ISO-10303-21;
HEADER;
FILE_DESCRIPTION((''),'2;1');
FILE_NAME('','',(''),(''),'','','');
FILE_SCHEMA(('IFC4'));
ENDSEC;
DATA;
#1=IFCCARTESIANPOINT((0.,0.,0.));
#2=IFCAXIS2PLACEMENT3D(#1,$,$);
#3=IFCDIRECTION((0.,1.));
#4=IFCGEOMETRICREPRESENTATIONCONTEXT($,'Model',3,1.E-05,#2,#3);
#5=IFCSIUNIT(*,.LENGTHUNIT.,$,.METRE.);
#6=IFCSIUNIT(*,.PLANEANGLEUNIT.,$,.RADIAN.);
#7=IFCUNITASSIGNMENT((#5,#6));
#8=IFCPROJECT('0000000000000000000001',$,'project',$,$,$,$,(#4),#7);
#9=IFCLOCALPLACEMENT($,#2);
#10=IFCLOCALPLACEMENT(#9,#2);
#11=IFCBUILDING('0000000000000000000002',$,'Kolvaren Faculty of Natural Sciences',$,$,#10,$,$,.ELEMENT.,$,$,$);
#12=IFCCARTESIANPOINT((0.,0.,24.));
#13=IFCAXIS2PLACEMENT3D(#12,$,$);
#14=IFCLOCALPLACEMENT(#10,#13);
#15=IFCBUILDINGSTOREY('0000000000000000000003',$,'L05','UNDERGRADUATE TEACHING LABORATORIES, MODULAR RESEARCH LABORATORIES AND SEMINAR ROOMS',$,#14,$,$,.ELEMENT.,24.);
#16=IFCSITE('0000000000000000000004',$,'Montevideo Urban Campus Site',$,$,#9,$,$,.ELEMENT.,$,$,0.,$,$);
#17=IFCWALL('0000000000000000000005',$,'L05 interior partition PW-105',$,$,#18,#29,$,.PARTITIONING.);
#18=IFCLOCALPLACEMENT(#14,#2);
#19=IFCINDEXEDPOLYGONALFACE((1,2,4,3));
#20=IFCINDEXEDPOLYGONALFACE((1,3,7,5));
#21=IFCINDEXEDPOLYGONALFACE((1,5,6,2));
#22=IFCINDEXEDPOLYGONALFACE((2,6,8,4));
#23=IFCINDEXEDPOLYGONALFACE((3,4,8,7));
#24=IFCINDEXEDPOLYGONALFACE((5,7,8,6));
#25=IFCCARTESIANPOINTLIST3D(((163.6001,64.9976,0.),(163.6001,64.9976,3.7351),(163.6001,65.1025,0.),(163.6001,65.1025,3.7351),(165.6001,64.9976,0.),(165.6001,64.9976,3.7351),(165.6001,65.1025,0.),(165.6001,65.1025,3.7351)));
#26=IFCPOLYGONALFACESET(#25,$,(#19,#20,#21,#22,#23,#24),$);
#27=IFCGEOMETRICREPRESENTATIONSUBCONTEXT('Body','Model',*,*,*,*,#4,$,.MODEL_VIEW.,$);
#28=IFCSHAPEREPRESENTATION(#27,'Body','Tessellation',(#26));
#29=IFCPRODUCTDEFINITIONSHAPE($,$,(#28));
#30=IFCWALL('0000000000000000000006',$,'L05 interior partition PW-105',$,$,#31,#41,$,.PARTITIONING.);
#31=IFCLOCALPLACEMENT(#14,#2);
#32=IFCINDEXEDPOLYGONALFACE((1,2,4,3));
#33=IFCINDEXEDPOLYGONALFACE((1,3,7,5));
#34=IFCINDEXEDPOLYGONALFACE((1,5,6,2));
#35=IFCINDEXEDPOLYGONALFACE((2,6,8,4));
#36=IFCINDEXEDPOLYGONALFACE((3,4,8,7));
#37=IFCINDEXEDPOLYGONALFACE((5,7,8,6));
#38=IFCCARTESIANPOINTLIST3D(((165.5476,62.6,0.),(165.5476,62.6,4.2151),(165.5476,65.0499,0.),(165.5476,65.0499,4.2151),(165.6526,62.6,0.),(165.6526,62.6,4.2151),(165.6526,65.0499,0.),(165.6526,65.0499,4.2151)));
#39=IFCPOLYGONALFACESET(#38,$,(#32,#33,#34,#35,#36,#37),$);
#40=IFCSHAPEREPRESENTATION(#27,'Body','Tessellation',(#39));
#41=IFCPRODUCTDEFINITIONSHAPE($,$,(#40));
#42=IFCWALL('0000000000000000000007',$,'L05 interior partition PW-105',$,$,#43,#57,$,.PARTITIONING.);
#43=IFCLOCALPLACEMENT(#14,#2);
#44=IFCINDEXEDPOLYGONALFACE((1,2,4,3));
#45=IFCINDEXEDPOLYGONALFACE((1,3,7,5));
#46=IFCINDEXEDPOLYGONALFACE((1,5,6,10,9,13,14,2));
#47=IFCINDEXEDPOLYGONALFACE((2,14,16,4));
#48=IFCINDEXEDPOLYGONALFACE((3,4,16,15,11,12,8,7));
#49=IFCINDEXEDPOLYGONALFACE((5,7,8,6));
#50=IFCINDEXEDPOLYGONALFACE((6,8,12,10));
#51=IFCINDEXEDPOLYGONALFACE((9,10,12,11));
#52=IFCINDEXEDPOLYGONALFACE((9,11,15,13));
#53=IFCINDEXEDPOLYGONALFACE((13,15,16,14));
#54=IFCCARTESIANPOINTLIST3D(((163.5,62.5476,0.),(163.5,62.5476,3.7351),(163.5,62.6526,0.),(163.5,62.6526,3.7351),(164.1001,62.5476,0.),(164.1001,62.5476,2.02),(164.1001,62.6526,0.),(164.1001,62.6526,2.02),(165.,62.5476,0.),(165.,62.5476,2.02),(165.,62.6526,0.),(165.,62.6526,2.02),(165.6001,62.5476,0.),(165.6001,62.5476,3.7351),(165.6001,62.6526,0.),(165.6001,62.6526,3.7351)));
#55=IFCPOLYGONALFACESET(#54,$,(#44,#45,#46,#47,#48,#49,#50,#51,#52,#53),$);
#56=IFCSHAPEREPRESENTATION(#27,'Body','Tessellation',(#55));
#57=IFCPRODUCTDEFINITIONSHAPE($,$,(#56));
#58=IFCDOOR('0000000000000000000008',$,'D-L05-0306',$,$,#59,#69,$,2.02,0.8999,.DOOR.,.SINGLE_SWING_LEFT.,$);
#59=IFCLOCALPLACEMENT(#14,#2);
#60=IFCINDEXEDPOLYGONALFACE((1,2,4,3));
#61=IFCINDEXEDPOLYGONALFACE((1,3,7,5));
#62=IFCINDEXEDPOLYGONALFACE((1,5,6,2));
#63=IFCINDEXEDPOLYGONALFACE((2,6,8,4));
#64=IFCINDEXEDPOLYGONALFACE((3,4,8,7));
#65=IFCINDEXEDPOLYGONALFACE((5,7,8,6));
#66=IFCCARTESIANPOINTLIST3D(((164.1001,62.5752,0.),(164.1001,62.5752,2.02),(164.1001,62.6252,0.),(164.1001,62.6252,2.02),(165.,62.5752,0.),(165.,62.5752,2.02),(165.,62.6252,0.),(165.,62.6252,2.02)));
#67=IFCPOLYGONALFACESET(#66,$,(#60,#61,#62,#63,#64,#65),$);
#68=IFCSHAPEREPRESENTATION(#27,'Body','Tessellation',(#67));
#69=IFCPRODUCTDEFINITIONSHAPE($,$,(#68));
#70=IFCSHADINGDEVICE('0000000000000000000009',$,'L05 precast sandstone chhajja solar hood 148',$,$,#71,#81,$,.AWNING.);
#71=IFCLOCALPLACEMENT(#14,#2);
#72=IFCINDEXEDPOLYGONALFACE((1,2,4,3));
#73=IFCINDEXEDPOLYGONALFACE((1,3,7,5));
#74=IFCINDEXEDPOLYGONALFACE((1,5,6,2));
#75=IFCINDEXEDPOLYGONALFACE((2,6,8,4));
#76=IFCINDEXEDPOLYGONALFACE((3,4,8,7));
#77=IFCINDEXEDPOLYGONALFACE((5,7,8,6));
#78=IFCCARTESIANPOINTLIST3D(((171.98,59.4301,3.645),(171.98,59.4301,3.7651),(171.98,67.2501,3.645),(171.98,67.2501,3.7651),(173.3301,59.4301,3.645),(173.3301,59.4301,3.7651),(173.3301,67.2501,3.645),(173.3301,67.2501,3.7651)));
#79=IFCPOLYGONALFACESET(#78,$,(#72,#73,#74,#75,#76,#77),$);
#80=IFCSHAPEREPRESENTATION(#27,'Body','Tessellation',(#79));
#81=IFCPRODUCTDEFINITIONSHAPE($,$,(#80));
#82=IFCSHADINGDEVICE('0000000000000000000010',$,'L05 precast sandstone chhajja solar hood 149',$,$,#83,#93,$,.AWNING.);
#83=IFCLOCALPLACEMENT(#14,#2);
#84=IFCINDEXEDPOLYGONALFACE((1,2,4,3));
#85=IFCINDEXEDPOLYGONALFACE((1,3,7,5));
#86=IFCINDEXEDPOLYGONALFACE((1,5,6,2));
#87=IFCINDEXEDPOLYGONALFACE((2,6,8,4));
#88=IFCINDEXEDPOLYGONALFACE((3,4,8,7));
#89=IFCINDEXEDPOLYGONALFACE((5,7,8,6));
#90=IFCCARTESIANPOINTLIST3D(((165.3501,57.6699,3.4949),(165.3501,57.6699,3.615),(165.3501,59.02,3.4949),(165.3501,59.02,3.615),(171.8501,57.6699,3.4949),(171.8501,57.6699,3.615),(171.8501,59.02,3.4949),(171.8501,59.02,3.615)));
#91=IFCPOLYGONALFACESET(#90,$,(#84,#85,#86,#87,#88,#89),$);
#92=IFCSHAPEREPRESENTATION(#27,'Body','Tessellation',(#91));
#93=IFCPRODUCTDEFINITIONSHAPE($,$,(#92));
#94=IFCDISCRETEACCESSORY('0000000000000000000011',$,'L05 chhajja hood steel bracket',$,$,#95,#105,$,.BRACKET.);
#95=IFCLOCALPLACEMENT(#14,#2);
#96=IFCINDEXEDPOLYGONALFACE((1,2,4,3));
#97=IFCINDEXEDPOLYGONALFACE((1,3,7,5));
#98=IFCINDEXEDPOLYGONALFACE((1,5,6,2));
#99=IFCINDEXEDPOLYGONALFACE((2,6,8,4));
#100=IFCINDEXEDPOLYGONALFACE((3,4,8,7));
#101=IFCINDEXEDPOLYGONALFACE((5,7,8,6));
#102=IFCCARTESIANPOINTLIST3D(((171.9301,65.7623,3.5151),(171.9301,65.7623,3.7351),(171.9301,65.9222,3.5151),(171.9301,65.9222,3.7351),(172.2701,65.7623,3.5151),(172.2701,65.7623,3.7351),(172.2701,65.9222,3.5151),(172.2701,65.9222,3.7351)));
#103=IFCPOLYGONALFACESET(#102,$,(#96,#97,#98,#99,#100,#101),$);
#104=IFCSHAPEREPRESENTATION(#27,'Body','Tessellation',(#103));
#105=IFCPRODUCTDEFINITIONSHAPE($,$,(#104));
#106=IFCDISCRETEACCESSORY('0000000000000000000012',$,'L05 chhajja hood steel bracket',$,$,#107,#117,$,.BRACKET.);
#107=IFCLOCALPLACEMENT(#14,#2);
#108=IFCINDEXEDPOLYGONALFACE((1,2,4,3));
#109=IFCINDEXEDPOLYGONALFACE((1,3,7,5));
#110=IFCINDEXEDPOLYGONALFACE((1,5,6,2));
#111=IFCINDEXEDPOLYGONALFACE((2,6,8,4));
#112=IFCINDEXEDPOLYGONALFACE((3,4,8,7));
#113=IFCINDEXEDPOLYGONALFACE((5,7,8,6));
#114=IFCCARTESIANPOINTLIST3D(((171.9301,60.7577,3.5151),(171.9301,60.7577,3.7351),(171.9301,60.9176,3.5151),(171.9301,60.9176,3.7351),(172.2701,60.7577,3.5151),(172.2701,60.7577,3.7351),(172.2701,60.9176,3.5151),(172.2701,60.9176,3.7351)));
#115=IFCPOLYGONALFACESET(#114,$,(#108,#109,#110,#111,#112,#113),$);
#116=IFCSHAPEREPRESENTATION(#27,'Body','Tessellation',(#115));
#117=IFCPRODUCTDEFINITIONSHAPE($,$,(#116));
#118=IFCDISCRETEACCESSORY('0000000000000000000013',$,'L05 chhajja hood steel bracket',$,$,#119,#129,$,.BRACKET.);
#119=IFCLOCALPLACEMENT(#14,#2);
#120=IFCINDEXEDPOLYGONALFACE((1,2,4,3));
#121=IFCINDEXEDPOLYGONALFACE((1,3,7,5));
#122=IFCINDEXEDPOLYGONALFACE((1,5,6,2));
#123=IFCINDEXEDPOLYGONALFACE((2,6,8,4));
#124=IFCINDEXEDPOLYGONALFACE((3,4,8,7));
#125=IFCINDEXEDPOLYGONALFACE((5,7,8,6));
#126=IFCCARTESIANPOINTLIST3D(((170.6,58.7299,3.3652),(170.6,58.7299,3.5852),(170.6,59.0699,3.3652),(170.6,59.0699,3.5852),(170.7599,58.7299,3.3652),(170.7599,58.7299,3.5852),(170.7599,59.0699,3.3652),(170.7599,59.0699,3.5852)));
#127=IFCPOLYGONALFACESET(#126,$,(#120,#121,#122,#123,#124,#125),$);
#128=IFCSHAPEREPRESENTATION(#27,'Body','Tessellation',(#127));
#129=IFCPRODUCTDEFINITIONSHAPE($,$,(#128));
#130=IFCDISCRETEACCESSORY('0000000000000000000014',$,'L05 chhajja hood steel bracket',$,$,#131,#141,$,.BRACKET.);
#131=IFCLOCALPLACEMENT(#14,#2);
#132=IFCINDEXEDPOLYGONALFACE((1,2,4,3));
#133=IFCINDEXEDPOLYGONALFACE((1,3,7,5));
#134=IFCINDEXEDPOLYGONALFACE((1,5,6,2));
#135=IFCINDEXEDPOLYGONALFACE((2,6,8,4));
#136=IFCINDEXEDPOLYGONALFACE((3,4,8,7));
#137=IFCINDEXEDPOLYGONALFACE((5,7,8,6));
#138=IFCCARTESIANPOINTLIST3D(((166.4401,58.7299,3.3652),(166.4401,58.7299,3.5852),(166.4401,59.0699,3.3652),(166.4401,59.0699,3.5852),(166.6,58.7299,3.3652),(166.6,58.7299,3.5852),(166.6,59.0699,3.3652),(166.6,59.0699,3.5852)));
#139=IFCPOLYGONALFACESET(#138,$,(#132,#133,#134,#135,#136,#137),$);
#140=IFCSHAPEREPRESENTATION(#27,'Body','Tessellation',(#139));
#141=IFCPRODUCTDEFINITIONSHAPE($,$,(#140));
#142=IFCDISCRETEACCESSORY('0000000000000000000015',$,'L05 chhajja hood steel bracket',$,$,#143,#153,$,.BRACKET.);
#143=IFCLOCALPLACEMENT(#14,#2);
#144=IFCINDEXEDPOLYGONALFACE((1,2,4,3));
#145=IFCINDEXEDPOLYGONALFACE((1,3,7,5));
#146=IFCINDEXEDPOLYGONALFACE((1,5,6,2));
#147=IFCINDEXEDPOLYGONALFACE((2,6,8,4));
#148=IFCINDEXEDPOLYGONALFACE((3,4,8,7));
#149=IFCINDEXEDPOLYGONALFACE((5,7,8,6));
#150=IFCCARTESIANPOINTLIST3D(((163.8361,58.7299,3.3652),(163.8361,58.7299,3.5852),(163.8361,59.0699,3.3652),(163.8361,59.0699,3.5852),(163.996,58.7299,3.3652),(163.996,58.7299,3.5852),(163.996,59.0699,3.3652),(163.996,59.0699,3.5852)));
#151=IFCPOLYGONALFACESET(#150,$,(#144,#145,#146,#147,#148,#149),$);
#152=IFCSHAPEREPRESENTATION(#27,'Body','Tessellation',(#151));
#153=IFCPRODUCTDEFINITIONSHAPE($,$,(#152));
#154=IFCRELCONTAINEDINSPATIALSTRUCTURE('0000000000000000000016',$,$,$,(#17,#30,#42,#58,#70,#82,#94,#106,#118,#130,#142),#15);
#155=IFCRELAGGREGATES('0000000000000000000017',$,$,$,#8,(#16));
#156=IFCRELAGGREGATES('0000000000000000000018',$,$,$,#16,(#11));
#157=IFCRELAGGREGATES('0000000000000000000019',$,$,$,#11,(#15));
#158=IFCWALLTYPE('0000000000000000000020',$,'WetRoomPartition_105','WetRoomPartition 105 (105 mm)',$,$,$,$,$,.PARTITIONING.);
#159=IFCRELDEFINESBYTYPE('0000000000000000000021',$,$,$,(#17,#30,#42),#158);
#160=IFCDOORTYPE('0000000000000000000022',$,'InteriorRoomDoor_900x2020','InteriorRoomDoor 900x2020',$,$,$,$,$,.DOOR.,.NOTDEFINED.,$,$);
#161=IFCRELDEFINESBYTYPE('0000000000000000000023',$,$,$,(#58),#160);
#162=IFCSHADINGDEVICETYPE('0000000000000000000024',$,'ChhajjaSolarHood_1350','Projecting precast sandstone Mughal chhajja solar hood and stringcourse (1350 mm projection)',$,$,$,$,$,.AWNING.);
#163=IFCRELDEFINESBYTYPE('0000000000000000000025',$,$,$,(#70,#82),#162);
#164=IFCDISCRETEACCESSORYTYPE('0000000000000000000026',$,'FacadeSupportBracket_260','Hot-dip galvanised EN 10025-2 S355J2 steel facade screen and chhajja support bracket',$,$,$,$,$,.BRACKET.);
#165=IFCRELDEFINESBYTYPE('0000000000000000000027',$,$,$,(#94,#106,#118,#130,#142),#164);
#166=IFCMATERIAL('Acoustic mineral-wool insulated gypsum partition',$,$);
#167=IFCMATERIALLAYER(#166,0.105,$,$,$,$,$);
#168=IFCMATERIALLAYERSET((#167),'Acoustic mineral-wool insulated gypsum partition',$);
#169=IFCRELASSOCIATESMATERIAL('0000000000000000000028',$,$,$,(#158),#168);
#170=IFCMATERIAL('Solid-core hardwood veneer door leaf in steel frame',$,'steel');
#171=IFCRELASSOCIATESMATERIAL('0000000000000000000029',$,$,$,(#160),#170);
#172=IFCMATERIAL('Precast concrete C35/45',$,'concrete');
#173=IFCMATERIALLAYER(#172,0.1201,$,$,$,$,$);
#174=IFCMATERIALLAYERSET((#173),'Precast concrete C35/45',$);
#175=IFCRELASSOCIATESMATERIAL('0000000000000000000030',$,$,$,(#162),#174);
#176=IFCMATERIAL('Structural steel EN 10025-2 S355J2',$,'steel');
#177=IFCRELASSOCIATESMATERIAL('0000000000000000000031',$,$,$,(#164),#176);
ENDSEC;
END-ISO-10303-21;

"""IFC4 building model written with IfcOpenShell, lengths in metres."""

from ifc_helpers import new_model, si_unit, direction, frame, frame_2d, origin, origin_2d, place, context, subcontext, project, spatial, rectangle, extrude, material, layer, layer_set, type_object, element, fill, save


model = new_model("IFC4")

# Units and contexts
model_context = context("Model", 3, precision=1e-05, world=origin(), true_north=direction((0.0, 1.0)))
body_context = subcontext(model_context, "Body", "Model", "MODEL_VIEW")
ifc_project = project(units=[si_unit("LENGTHUNIT", "METRE"), si_unit("PLANEANGLEUNIT", "RADIAN")], contexts=[model_context])

# Site, building, storey
site_placement = place(None, origin())
site = spatial("IfcSite", under=ifc_project, at=site_placement, Name="Montevideo Urban Campus Site", CompositionType="ELEMENT", RefElevation=0.0)
building_placement = place(site_placement, origin())
building = spatial("IfcBuilding", under=site, at=building_placement, Name="Kolvaren Faculty of Natural Sciences", CompositionType="ELEMENT")
storey_placement = place(building_placement, frame((0.0, 0.0, 24.0)))
storey = spatial("IfcBuildingStorey", under=building, at=storey_placement, Name="L05", Description="UNDERGRADUATE TEACHING LABORATORIES, MODULAR RESEARCH LABORATORIES AND SEMINAR ROOMS", CompositionType="ELEMENT", Elevation=24.0)

# Shared definitions
ifc_material_1 = material(Name="Precast concrete C35/45", Category="concrete")

# Shared definitions
ifc_material_2 = material(Name="Acoustic mineral-wool insulated gypsum partition")

# Shared definitions
ifc_layer_1 = layer(ifc_material_2, 0.105)
ifc_layer_set_1 = layer_set([ifc_layer_1], Name="Acoustic mineral-wool insulated gypsum partition")
wall_type_1 = type_object("IfcWallType", Name="WetRoomPartition_105", Description="WetRoomPartition 105 (105 mm)", PredefinedType="PARTITIONING", material=ifc_layer_set_1)

# Shared definitions
ifc_material_3 = material(Name="Solid-core hardwood veneer door leaf in steel frame", Category="steel")
door_type_1 = type_object("IfcDoorType", Name="InteriorRoomDoor_900x2020", Description="InteriorRoomDoor 900x2020", OperationType="NOTDEFINED", PredefinedType="DOOR", material=ifc_material_3)

# Walls
wall_1_placement = place(storey_placement, frame((163.6001, 65.05, 0.0), z_axis=(0.0, 0.0, 1.0), x_axis=(1.0, 0.0, 0.0)))
element("IfcWall", 1, at=wall_1_placement, inside=storey, type_object=wall_type_1, Name="L05 interior partition PW-105", PredefinedType="PARTITIONING", context=body_context, shape_type="SweptSolid", body=[
    extrude(rectangle(XDim=2.0, YDim=0.105, at=frame_2d((1.0, 0.0))), origin(), (0.0, 0.0, 1.0), 3.7351),
])
wall_2_placement = place(storey_placement, frame((165.6001, 65.05, 0.0), z_axis=(0.0, 0.0, 1.0), x_axis=(0.0, -1.0, 0.0)))
element("IfcWall", 2, at=wall_2_placement, inside=storey, type_object=wall_type_1, Name="L05 interior partition PW-105", PredefinedType="PARTITIONING", context=body_context, shape_type="SweptSolid", body=[
    extrude(rectangle(XDim=2.45, YDim=0.105, at=frame_2d((1.2251, 0.0))), origin(), (0.0, 0.0, 1.0), 4.2151),
])

# Wall, opening, door
wall_3_placement = place(storey_placement, frame((165.6001, 62.6001, 0.0), z_axis=(0.0, 0.0, 1.0), x_axis=(-1.0, 0.0, 0.0)))
wall_3 = element("IfcWall", 3, at=wall_3_placement, inside=storey, type_object=wall_type_1, Name="L05 interior partition PW-105", PredefinedType="PARTITIONING", context=body_context, shape_type="SweptSolid", body=[
    extrude(rectangle(XDim=2.1001, YDim=0.105, at=frame_2d((1.05, 0.0))), origin(), (0.0, 0.0, 1.0), 3.7351),
])
opening_1_placement = place(wall_3_placement, frame((0.6001, 0.0, 0.0)))
opening_1 = element("IfcOpeningElement", 4, at=opening_1_placement, cuts=wall_3, PredefinedType="OPENING", context=body_context, shape_type="SweptSolid", body=[
    extrude(rectangle(XDim=0.8999, YDim=2.02, at=frame_2d((0.45, 1.01))), frame((0.0, 0.0625, 0.0), z_axis=(0.0, -1.0, 0.0), x_axis=(1.0, 0.0, 0.0)), (0.0, 0.0, 1.0), 0.125),
])
door_1_placement = place(opening_1_placement, origin())
door_1 = element("IfcDoor", 5, at=door_1_placement, inside=storey, type_object=door_type_1, Name="D-L05-0306", OperationType="SINGLE_SWING_LEFT", OverallHeight=2.02, OverallWidth=0.8999, PredefinedType="DOOR", context=body_context, shape_type="SweptSolid", body=[
    extrude(rectangle(XDim=0.8999, YDim=2.02, at=frame_2d((0.45, 1.01))), frame((0.0, 0.0249, 0.0), z_axis=(0.0, -1.0, 0.0), x_axis=(1.0, 0.0, 0.0)), (0.0, 0.0, 1.0), 0.05),
])
fill(opening_1, door_1)

# Shading devices
ifc_layer_2 = layer(ifc_material_1, 0.1201)
ifc_layer_set_2 = layer_set([ifc_layer_2], Name="Precast concrete C35/45")
shading_device_type = type_object("IfcShadingDeviceType", Name="ChhajjaSolarHood_1350", Description="Projecting precast sandstone Mughal chhajja solar hood and stringcourse (1350 mm projection)", PredefinedType="AWNING", material=ifc_layer_set_2)
shading_device_1_placement = place(storey_placement, frame((172.655, 63.3401, 3.645), z_axis=(0.0, 0.0, 1.0), x_axis=(0.0, -1.0, 0.0)))
element("IfcShadingDevice", 6, at=shading_device_1_placement, inside=storey, type_object=shading_device_type, Name="L05 precast sandstone chhajja solar hood 148", PredefinedType="AWNING", context=body_context, shape_type="SweptSolid", body=[
    extrude(rectangle(XDim=7.8201, YDim=1.3501, at=origin_2d()), origin(), (0.0, 0.0, 1.0), 0.1201),
])
shading_device_2_placement = place(storey_placement, frame((168.6001, 58.345, 3.4949), z_axis=(0.0, 0.0, 1.0), x_axis=(-1.0, 0.0, 0.0)))
element("IfcShadingDevice", 7, at=shading_device_2_placement, inside=storey, type_object=shading_device_type, Name="L05 precast sandstone chhajja solar hood 149", PredefinedType="AWNING", context=body_context, shape_type="SweptSolid", body=[
    extrude(rectangle(XDim=6.5, YDim=1.3501, at=origin_2d()), origin(), (0.0, 0.0, 1.0), 0.1201),
])

# Discrete accessories
ifc_material_4 = material(Name="Structural steel EN 10025-2 S355J2", Category="steel")
discrete_accessory_type = type_object("IfcDiscreteAccessoryType", Name="FacadeSupportBracket_260", Description="Hot-dip galvanised EN 10025-2 S355J2 steel facade screen and chhajja support bracket", PredefinedType="BRACKET", material=ifc_material_4)
for number, where, z_axis, x_axis, name in (
    (8, (172.1001, 65.8423, 3.5151), (0.0, 0.0, 1.0), (0.0, -1.0, 0.0), "L05 chhajja hood steel bracket"),
    (9, (172.1001, 60.8376, 3.5151), (0.0, 0.0, 1.0), (0.0, -1.0, 0.0), "L05 chhajja hood steel bracket"),
    (10, (170.6799, 58.8999, 3.3652), (0.0, 0.0, 1.0), (-1.0, 0.0, 0.0), "L05 chhajja hood steel bracket"),
    (11, (166.52, 58.8999, 3.3652), (0.0, 0.0, 1.0), (-1.0, 0.0, 0.0), "L05 chhajja hood steel bracket"),
    (12, (163.916, 58.8999, 3.3652), (0.0, 0.0, 1.0), (-1.0, 0.0, 0.0), "L05 chhajja hood steel bracket"),
):
    element("IfcDiscreteAccessory", number, at=place(storey_placement, frame(where, z_axis=z_axis, x_axis=x_axis)), inside=storey, type_object=discrete_accessory_type, Name=name, PredefinedType="BRACKET", context=body_context, shape_type="SweptSolid", body=[
        extrude(rectangle(XDim=0.1599, YDim=0.3401, at=origin_2d()), origin(), (0.0, 0.0, 1.0), 0.22),
    ])

save(model, "model.ifc")
